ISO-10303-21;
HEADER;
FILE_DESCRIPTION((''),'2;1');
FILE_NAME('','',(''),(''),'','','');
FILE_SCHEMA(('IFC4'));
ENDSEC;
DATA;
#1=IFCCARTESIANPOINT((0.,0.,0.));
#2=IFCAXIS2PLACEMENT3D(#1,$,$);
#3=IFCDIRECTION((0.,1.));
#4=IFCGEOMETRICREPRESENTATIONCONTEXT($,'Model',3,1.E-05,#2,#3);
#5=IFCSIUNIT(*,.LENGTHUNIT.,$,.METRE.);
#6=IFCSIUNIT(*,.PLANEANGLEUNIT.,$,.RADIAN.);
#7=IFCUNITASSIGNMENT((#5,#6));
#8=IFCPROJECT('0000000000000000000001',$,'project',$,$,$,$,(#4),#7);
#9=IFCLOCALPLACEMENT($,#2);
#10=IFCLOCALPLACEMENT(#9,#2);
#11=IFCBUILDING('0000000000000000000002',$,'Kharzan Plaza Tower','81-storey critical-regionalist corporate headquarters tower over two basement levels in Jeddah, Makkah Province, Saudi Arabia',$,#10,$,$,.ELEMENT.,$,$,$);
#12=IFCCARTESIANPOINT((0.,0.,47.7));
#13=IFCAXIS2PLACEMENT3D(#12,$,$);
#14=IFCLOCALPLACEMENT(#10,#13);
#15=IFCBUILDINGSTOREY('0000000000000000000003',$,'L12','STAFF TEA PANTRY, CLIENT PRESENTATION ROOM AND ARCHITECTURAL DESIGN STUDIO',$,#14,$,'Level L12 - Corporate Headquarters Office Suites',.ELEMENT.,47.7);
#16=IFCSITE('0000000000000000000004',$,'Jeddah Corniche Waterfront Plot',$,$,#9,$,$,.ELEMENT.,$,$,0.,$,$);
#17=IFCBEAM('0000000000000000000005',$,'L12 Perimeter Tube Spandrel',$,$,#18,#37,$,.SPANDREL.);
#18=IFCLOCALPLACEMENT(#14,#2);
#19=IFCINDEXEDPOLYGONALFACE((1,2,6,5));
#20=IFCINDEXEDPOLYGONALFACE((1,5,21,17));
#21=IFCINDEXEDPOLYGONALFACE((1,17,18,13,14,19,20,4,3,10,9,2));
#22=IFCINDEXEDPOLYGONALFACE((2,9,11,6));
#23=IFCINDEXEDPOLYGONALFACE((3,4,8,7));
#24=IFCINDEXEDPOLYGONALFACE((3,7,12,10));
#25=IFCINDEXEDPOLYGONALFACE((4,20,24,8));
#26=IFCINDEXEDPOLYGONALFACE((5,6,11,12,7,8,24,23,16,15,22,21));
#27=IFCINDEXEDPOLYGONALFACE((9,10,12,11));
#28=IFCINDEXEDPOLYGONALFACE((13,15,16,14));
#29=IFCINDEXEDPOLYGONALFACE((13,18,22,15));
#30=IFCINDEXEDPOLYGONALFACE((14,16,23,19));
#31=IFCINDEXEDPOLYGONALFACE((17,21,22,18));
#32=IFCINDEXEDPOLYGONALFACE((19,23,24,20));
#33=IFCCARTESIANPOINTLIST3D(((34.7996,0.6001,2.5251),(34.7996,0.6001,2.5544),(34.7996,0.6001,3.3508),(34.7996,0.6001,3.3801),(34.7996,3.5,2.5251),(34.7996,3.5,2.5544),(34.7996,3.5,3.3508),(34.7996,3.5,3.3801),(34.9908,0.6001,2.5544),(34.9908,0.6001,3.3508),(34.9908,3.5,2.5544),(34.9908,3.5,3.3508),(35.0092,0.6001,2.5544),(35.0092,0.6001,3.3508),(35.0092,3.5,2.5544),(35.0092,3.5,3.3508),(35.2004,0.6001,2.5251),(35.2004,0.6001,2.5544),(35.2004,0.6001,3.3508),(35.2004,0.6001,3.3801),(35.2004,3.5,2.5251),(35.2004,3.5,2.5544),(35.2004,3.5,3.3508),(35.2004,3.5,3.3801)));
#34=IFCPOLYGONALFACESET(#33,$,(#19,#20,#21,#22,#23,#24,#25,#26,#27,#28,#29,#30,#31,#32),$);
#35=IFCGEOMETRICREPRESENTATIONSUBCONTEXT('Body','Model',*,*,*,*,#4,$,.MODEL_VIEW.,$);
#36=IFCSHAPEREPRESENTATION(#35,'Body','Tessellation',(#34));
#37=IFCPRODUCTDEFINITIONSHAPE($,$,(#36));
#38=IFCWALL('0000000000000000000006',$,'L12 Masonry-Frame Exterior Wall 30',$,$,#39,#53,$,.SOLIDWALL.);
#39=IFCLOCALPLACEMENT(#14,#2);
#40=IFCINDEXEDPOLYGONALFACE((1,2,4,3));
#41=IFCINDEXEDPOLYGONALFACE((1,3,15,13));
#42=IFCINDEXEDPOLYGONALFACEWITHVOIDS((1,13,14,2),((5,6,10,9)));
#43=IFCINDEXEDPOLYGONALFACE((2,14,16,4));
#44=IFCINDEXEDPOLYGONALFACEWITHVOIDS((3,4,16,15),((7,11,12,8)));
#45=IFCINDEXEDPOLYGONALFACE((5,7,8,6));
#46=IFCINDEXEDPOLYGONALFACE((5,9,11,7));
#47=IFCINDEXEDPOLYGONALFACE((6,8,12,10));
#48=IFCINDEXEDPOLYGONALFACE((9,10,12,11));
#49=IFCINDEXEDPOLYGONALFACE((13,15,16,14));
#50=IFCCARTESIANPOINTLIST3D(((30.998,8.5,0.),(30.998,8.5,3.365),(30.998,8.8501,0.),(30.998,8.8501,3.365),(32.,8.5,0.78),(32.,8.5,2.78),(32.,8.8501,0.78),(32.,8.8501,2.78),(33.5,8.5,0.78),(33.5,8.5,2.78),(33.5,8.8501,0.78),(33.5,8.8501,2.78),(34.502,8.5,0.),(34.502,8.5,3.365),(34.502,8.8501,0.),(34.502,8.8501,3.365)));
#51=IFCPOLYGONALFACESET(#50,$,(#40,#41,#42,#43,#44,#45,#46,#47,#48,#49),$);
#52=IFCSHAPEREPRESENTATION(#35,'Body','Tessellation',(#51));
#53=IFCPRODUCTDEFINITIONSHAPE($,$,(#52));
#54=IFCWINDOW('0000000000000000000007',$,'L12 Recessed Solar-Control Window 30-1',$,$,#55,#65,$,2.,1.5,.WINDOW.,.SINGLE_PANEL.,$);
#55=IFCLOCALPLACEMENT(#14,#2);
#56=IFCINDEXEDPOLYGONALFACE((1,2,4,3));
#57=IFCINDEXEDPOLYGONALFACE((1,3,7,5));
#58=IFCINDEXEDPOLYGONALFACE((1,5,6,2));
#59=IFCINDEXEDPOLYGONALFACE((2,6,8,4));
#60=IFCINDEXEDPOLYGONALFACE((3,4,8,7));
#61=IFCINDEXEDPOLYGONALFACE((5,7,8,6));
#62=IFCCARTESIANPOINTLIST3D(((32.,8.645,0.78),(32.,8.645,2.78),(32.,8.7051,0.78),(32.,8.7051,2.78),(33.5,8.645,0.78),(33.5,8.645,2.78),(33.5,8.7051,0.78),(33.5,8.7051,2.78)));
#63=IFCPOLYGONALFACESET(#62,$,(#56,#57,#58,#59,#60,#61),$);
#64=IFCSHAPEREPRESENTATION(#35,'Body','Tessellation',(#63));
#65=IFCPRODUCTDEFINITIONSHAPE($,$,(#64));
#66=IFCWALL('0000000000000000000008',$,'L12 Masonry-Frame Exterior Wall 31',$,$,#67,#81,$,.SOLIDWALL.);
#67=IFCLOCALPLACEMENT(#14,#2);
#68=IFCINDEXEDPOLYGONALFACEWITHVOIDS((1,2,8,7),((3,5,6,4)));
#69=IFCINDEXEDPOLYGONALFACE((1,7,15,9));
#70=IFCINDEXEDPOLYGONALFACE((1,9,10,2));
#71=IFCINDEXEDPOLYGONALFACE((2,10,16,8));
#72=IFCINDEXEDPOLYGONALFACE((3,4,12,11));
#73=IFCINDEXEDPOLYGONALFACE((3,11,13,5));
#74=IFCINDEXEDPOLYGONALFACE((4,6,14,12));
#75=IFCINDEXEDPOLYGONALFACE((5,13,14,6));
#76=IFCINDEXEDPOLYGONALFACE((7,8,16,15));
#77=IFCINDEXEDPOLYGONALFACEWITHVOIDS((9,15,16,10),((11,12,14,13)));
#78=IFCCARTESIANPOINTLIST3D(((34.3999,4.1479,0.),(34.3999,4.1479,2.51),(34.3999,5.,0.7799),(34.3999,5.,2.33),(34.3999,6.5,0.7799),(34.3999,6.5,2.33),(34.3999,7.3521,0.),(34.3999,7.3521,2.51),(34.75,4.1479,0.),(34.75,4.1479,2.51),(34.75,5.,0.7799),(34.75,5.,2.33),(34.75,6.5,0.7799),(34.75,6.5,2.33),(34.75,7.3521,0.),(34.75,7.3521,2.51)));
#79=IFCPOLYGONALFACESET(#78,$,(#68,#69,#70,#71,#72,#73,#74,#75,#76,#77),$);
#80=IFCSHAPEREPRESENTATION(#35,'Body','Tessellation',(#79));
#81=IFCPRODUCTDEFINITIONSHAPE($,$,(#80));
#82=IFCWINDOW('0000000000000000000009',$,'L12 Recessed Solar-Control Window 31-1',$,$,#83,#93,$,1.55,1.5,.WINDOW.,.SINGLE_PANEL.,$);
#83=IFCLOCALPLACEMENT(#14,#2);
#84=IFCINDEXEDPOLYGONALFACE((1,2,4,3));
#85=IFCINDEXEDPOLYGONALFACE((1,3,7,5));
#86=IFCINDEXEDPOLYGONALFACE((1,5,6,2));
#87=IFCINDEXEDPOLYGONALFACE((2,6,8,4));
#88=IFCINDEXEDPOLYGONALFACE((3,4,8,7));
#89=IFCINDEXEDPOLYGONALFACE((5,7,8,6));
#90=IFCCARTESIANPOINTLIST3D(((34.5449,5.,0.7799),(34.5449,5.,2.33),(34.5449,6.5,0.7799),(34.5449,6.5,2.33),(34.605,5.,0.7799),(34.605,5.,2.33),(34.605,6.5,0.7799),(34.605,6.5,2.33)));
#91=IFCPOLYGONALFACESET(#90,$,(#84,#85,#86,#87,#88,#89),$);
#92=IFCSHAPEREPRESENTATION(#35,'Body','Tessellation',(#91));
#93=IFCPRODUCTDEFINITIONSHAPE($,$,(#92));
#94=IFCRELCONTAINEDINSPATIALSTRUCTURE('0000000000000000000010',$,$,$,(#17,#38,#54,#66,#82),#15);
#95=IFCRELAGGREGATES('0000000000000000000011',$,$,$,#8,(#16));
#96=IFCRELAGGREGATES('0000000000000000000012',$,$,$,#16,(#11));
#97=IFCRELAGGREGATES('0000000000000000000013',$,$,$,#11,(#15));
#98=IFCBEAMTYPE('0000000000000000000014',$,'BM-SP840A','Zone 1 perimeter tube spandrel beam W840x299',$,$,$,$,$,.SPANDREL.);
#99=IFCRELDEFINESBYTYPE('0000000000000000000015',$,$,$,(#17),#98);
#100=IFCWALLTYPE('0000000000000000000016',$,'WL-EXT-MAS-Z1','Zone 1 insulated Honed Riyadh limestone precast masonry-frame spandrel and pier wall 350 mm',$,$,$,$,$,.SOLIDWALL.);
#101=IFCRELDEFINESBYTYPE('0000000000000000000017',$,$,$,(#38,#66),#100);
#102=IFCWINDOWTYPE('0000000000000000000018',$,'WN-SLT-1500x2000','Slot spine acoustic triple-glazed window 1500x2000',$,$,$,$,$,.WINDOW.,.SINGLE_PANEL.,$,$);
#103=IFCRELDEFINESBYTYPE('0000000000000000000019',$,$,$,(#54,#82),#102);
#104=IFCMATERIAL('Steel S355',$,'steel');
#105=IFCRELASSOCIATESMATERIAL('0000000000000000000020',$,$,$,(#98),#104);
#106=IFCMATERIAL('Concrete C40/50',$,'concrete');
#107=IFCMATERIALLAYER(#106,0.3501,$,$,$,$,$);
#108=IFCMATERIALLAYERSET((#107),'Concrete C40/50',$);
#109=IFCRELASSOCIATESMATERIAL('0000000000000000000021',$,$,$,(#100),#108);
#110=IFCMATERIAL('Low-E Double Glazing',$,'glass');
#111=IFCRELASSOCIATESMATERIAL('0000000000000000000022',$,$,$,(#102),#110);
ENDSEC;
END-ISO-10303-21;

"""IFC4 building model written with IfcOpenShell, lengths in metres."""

from ifc_helpers import new_model, si_unit, direction, frame, frame_2d, origin, origin_2d, place, context, subcontext, project, spatial, rectangle, i_section, extrude, source, transform, mapped, material, layer, layer_set, material_profile, profile_set, type_object, element, fill, save


model = new_model("IFC4")

# Units and contexts
model_context = context("Model", 3, precision=1e-05, world=origin(), true_north=direction((0.0, 1.0)))
body_context = subcontext(model_context, "Body", "Model", "MODEL_VIEW")
ifc_project = project(units=[si_unit("LENGTHUNIT", "METRE"), si_unit("PLANEANGLEUNIT", "RADIAN")], contexts=[model_context])

# Site, building, storey
site_placement = place(None, origin())
site = spatial("IfcSite", under=ifc_project, at=site_placement, Name="Jeddah Corniche Waterfront Plot", CompositionType="ELEMENT", RefElevation=0.0)
building_placement = place(site_placement, origin())
building = spatial("IfcBuilding", under=site, at=building_placement, Name="Kharzan Plaza Tower", Description="81-storey critical-regionalist corporate headquarters tower over two basement levels in Jeddah, Makkah Province, Saudi Arabia", CompositionType="ELEMENT")
storey_placement = place(building_placement, frame((0.0, 0.0, 47.7)))
storey = spatial("IfcBuildingStorey", under=building, at=storey_placement, Name="L12", Description="STAFF TEA PANTRY, CLIENT PRESENTATION ROOM AND ARCHITECTURAL DESIGN STUDIO", LongName="Level L12 - Corporate Headquarters Office Suites", CompositionType="ELEMENT", Elevation=47.7)

# Beam
ifc_material_1 = material(Name="Steel S355", Category="steel")
ifc_material_profile_1 = material_profile(ifc_material_1, i_section(OverallWidth=0.4009, OverallDepth=0.855, WebThickness=0.0183, FlangeThickness=0.0293, at=origin_2d()), Name="W840x299")
ifc_profile_set_1 = profile_set([ifc_material_profile_1], Name="Steel S355")
beam_type_1 = type_object("IfcBeamType", Name="BM-SP840A", Description="Zone 1 perimeter tube spandrel beam W840x299", PredefinedType="SPANDREL", material=ifc_profile_set_1)
shared_shape_1 = source(origin(), body_context, "Body", "SweptSolid", [
    extrude(i_section(OverallWidth=0.4009, OverallDepth=0.855, WebThickness=0.0183, FlangeThickness=0.0293, at=origin_2d()), origin(), (0.0, 0.0, 1.0), 2.8999),
])
beam_1_placement = place(storey_placement, frame((35.0, 0.6001, 2.9526), z_axis=(0.0, 1.0, 0.0), x_axis=(-1.0, 0.0, 0.0)))
element("IfcBeam", 1, at=beam_1_placement, inside=storey, type_object=beam_type_1, Name="L12 Perimeter Tube Spandrel", PredefinedType="SPANDREL", context=body_context, shape_type="MappedRepresentation", body=[
    mapped(shared_shape_1, transform((0.0, 0.0, 0.0), x_axis=(1.0, 0.0, 0.0), y_axis=(0.0, 1.0, 0.0), z_axis=(0.0, 0.0, 1.0))),
])

# Walls, openings, windows
ifc_material_2 = material(Name="Concrete C40/50", Category="concrete")
ifc_layer_1 = layer(ifc_material_2, 0.3501)
ifc_layer_set_1 = layer_set([ifc_layer_1], Name="Concrete C40/50")
wall_type = type_object("IfcWallType", Name="WL-EXT-MAS-Z1", Description="Zone 1 insulated Honed Riyadh limestone precast masonry-frame spandrel and pier wall 350 mm", PredefinedType="SOLIDWALL", material=ifc_layer_set_1)
wall_1_placement = place(storey_placement, frame((30.998, 8.675, 0.0), z_axis=(0.0, 0.0, 1.0), x_axis=(1.0, 0.0, 0.0)))
wall_1 = element("IfcWall", 2, at=wall_1_placement, inside=storey, type_object=wall_type, Name="L12 Masonry-Frame Exterior Wall 30", PredefinedType="SOLIDWALL", context=body_context, shape_type="SweptSolid", body=[
    extrude(rectangle(XDim=3.5039, YDim=0.3501, at=frame_2d((1.752, 0.0))), origin(), (0.0, 0.0, 1.0), 3.365),
])
opening_1_placement = place(wall_1_placement, frame((1.002, 0.0, 0.78)))
opening_1 = element("IfcOpeningElement", 3, at=opening_1_placement, cuts=wall_1, PredefinedType="OPENING", context=body_context, shape_type="SweptSolid", body=[
    extrude(rectangle(XDim=1.5, YDim=2.0, at=frame_2d((0.75, 1.0))), frame((0.0, 0.1851, 0.0), z_axis=(0.0, -1.0, 0.0), x_axis=(1.0, 0.0, 0.0)), (0.0, 0.0, 1.0), 0.3701),
])
ifc_material_3 = material(Name="Low-E Double Glazing", Category="glass")
window_type = type_object("IfcWindowType", Name="WN-SLT-1500x2000", Description="Slot spine acoustic triple-glazed window 1500x2000", PartitioningType="SINGLE_PANEL", PredefinedType="WINDOW", material=ifc_material_3)
shared_shape_2 = source(origin(), body_context, "Body", "SweptSolid", [
    extrude(rectangle(XDim=1.5, YDim=2.0, at=frame_2d((0.75, 1.0))), frame((0.0, 0.03, 0.0), z_axis=(0.0, -1.0, 0.0), x_axis=(1.0, 0.0, 0.0)), (0.0, 0.0, 1.0), 0.0601),
])
window_1_placement = place(opening_1_placement, origin())
window_1 = element("IfcWindow", 4, at=window_1_placement, inside=storey, type_object=window_type, Name="L12 Recessed Solar-Control Window 30-1", OverallHeight=2.0, OverallWidth=1.5, PartitioningType="SINGLE_PANEL", PredefinedType="WINDOW", context=body_context, shape_type="MappedRepresentation", body=[
    mapped(shared_shape_2, transform((0.0, 0.0, 0.0), x_axis=(1.0, 0.0, 0.0), y_axis=(0.0, 1.0, 0.0), z_axis=(0.0, 0.0, 1.0))),
])
fill(opening_1, window_1)
wall_2_placement = place(storey_placement, frame((34.575, 7.3521, 0.0), z_axis=(0.0, 0.0, 1.0), x_axis=(0.0, -1.0, 0.0)))
wall_2 = element("IfcWall", 5, at=wall_2_placement, inside=storey, type_object=wall_type, Name="L12 Masonry-Frame Exterior Wall 31", PredefinedType="SOLIDWALL", context=body_context, shape_type="SweptSolid", body=[
    extrude(rectangle(XDim=3.2041, YDim=0.3501, at=frame_2d((1.6021, 0.0))), origin(), (0.0, 0.0, 1.0), 2.51),
])
opening_2_placement = place(wall_2_placement, frame((0.8521, 0.0, 0.78)))
opening_2 = element("IfcOpeningElement", 6, at=opening_2_placement, cuts=wall_2, PredefinedType="OPENING", context=body_context, shape_type="SweptSolid", body=[
    extrude(rectangle(XDim=1.5, YDim=1.55, at=frame_2d((0.75, 0.7749))), frame((0.0, 0.1851, 0.0), z_axis=(0.0, -1.0, 0.0), x_axis=(1.0, 0.0, 0.0)), (0.0, 0.0, 1.0), 0.3701),
])
shared_shape_3 = source(origin(), body_context, "Body", "SweptSolid", [
    extrude(rectangle(XDim=1.5, YDim=1.55, at=frame_2d((0.75, 0.7749))), frame((0.0, 0.03, 0.0), z_axis=(0.0, -1.0, 0.0), x_axis=(1.0, 0.0, 0.0)), (0.0, 0.0, 1.0), 0.0601),
])
window_2_placement = place(opening_2_placement, origin())
window_2 = element("IfcWindow", 7, at=window_2_placement, inside=storey, type_object=window_type, Name="L12 Recessed Solar-Control Window 31-1", OverallHeight=1.55, OverallWidth=1.5, PartitioningType="SINGLE_PANEL", PredefinedType="WINDOW", context=body_context, shape_type="MappedRepresentation", body=[
    mapped(shared_shape_3, transform((0.0, 0.0, 0.0), x_axis=(1.0, 0.0, 0.0), y_axis=(0.0, 1.0, 0.0), z_axis=(0.0, 0.0, 1.0))),
])
fill(opening_2, window_2)

save(model, "model.ifc")
